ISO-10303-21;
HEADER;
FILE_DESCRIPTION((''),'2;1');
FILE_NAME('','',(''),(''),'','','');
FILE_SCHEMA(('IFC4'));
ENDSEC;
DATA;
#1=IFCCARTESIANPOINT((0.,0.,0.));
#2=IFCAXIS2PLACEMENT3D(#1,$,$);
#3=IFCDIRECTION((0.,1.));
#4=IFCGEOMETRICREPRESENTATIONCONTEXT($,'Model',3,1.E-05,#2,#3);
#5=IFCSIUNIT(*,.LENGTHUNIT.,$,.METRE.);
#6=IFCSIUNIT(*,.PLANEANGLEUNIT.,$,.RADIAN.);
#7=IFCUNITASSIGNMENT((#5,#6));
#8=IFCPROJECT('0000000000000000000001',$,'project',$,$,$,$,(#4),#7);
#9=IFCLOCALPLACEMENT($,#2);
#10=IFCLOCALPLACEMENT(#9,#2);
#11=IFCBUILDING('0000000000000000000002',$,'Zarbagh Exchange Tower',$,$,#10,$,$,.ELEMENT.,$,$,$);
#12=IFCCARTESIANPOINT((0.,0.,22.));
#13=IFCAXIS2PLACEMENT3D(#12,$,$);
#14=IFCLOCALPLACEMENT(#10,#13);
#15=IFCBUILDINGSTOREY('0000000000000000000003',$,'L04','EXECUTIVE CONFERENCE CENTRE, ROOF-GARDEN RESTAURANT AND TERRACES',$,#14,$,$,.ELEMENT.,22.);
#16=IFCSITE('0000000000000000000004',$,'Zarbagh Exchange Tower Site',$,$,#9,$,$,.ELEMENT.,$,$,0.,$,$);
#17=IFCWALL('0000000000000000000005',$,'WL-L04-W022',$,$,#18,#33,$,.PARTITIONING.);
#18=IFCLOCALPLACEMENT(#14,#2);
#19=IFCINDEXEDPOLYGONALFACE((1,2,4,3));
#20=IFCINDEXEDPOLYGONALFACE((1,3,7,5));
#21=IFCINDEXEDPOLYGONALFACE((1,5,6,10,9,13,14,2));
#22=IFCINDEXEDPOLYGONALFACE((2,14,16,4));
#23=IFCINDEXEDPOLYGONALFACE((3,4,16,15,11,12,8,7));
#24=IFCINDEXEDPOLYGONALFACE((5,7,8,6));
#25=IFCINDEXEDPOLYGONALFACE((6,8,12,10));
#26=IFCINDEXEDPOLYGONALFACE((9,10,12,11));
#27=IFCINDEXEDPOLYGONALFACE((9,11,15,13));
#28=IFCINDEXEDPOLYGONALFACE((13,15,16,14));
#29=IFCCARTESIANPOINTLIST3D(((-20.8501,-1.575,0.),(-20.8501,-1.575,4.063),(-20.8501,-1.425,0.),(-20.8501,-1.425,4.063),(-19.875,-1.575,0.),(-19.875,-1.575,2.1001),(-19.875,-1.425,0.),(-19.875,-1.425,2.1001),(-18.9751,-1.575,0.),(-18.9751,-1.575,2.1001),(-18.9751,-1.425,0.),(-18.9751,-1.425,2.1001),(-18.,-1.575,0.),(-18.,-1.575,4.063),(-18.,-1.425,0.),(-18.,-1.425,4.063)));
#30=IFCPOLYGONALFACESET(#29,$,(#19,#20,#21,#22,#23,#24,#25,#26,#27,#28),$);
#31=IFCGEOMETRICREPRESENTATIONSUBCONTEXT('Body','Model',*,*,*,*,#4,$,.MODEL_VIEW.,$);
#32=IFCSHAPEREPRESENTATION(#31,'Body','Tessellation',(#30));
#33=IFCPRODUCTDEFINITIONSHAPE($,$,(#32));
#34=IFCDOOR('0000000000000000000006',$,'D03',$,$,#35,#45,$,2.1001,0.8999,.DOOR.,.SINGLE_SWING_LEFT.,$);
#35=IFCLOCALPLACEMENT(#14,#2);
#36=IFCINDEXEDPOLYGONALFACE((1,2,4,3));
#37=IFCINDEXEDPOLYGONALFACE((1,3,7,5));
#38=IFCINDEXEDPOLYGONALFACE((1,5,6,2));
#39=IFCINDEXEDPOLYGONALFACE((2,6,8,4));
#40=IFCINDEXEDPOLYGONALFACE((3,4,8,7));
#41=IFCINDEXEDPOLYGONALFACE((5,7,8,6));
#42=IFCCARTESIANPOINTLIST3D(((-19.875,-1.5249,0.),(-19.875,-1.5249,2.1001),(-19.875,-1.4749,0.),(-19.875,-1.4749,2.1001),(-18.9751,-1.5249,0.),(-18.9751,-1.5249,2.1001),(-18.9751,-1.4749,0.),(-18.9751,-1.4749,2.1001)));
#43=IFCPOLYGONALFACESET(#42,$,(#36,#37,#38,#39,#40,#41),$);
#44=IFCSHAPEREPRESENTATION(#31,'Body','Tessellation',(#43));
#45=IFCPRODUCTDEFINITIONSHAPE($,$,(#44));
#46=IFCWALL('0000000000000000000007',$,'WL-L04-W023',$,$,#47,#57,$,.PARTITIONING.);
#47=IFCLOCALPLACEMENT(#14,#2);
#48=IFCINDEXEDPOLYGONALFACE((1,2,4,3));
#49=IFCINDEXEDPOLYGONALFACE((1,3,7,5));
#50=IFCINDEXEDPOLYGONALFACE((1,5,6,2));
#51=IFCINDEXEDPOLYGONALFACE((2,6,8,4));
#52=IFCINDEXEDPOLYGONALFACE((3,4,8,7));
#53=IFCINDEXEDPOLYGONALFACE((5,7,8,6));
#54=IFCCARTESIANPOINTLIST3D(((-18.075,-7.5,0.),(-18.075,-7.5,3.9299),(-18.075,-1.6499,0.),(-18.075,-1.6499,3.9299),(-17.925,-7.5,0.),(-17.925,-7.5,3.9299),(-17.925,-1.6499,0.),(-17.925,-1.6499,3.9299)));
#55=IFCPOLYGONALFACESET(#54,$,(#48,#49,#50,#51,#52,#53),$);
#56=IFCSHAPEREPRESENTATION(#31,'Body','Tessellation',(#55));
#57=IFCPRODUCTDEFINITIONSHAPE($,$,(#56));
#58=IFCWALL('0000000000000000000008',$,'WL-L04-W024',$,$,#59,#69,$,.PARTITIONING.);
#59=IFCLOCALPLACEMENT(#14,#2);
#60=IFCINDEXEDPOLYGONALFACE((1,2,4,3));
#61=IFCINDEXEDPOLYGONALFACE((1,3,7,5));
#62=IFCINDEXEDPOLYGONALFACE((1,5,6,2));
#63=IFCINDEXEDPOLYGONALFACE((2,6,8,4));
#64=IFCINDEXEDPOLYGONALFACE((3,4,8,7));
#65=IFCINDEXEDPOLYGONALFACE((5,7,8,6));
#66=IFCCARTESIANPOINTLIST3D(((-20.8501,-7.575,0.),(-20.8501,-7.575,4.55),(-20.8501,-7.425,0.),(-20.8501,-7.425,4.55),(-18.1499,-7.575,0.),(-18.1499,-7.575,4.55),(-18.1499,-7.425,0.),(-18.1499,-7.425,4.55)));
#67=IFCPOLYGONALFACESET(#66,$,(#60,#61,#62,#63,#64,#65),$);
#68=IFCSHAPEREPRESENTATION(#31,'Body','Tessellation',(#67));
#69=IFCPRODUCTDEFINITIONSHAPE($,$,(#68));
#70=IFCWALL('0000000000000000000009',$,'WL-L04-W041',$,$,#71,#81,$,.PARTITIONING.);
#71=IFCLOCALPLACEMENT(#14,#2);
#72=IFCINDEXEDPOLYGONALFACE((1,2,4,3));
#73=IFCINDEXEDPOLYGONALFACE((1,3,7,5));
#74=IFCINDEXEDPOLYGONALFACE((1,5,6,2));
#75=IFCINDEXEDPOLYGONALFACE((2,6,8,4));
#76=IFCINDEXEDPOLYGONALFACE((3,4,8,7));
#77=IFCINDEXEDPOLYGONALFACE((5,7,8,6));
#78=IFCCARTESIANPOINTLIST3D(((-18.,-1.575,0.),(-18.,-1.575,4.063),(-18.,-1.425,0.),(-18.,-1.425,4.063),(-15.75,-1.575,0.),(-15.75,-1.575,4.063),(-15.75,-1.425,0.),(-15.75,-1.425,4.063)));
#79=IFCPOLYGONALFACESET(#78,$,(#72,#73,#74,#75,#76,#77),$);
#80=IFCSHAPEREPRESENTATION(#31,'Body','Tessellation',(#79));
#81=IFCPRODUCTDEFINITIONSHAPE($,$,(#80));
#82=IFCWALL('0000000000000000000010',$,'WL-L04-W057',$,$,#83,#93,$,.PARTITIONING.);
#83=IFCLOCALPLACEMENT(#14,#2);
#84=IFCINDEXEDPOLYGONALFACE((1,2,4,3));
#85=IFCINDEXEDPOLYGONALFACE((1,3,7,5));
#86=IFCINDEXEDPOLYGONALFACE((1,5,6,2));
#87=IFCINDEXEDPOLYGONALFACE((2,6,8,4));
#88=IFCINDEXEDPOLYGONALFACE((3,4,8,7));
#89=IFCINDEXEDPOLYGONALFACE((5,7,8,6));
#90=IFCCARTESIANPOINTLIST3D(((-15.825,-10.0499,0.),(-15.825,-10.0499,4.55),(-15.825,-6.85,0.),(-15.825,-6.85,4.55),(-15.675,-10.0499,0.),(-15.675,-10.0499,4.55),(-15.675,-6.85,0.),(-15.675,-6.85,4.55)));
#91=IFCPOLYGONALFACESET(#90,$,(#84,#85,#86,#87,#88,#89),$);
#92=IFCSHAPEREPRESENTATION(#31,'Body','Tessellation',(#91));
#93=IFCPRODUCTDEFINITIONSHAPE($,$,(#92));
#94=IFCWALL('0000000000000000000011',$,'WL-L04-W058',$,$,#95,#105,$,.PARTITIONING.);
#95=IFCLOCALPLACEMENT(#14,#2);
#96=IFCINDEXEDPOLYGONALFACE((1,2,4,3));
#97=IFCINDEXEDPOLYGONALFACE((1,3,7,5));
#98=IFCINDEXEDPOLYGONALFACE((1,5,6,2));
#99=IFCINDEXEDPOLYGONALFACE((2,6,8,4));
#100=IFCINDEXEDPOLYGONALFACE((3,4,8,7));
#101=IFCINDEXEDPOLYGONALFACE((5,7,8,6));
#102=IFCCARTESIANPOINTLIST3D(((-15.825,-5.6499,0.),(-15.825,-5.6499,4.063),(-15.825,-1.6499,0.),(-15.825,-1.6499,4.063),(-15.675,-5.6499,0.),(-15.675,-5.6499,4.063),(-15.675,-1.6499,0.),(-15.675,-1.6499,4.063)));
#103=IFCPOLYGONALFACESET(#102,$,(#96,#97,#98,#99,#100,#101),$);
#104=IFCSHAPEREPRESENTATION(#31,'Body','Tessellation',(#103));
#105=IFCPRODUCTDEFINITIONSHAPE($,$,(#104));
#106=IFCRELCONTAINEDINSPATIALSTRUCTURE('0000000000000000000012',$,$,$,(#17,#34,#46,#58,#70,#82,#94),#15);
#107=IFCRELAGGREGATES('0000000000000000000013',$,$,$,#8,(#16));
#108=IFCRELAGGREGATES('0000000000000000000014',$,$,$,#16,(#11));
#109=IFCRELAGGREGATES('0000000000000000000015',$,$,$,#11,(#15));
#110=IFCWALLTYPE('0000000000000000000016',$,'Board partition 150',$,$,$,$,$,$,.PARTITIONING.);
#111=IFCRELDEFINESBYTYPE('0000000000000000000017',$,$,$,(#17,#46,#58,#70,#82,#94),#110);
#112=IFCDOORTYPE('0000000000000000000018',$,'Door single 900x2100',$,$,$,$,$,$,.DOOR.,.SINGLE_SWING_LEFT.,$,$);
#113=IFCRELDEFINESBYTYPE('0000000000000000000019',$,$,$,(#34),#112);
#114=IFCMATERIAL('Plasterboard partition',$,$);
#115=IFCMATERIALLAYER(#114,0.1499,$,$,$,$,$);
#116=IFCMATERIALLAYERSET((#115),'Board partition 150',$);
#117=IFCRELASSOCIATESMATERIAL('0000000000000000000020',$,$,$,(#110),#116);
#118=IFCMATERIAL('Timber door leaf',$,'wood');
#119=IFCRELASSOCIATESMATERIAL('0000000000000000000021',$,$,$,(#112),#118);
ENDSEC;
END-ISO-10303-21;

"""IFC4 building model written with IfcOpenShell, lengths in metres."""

from ifc_helpers import new_model, si_unit, direction, frame, frame_2d, origin, place, context, subcontext, project, spatial, rectangle, extrude, material, layer, layer_set, type_object, element, fill, save


model = new_model("IFC4")

# Units and contexts
model_context = context("Model", 3, precision=1e-05, world=origin(), true_north=direction((0.0, 1.0)))
body_context = subcontext(model_context, "Body", "Model", "MODEL_VIEW")
ifc_project = project(units=[si_unit("LENGTHUNIT", "METRE"), si_unit("PLANEANGLEUNIT", "RADIAN")], contexts=[model_context])

# Site, building, storey
site_placement = place(None, origin())
site = spatial("IfcSite", under=ifc_project, at=site_placement, Name="Zarbagh Exchange Tower Site", CompositionType="ELEMENT", RefElevation=0.0)
building_placement = place(site_placement, origin())
building = spatial("IfcBuilding", under=site, at=building_placement, Name="Zarbagh Exchange Tower", CompositionType="ELEMENT")
storey_placement = place(building_placement, frame((0.0, 0.0, 22.0)))
storey = spatial("IfcBuildingStorey", under=building, at=storey_placement, Name="L04", Description="EXECUTIVE CONFERENCE CENTRE, ROOF-GARDEN RESTAURANT AND TERRACES", CompositionType="ELEMENT", Elevation=22.0)

# Shared definitions
ifc_material_1 = material(Name="Plasterboard partition")
ifc_layer_1 = layer(ifc_material_1, 0.1499)
ifc_layer_set_1 = layer_set([ifc_layer_1], Name="Board partition 150")
wall_type_1 = type_object("IfcWallType", Name="Board partition 150", PredefinedType="PARTITIONING", material=ifc_layer_set_1)

# Shared definitions
ifc_material_2 = material(Name="Timber door leaf", Category="wood")
door_type_1 = type_object("IfcDoorType", Name="Door single 900x2100", OperationType="SINGLE_SWING_LEFT", PredefinedType="DOOR", material=ifc_material_2)

# Wall, opening, door
wall_1_placement = place(storey_placement, frame((-18.0, -1.5, 0.0), z_axis=(0.0, 0.0, 1.0), x_axis=(-1.0, 0.0, 0.0)))
wall_1 = element("IfcWall", 1, at=wall_1_placement, inside=storey, type_object=wall_type_1, Name="WL-L04-W022", PredefinedType="PARTITIONING", context=body_context, shape_type="SweptSolid", body=[
    extrude(rectangle(XDim=2.8501, YDim=0.1499, at=frame_2d((1.425, 0.0))), origin(), (0.0, 0.0, 1.0), 4.063),
])
opening_1_placement = place(wall_1_placement, frame((0.9751, 0.0, 0.0)))
opening_1 = element("IfcOpeningElement", 2, at=opening_1_placement, cuts=wall_1, PredefinedType="OPENING", context=body_context, shape_type="SweptSolid", body=[
    extrude(rectangle(XDim=0.8999, YDim=2.1001, at=frame_2d((0.45, 1.05))), frame((0.0, 0.085, 0.0), z_axis=(0.0, -1.0, 0.0), x_axis=(1.0, 0.0, 0.0)), (0.0, 0.0, 1.0), 0.1699),
])
door_1_placement = place(opening_1_placement, origin())
door_1 = element("IfcDoor", 3, at=door_1_placement, inside=storey, type_object=door_type_1, Name="D03", OperationType="SINGLE_SWING_LEFT", OverallHeight=2.1001, OverallWidth=0.8999, PredefinedType="DOOR", context=body_context, shape_type="SweptSolid", body=[
    extrude(rectangle(XDim=0.8999, YDim=2.1001, at=frame_2d((0.45, 1.05))), frame((0.0, 0.0249, 0.0), z_axis=(0.0, -1.0, 0.0), x_axis=(1.0, 0.0, 0.0)), (0.0, 0.0, 1.0), 0.05),
])
fill(opening_1, door_1)

# Walls
wall_2_placement = place(storey_placement, frame((-18.0, -1.6499, 0.0), z_axis=(0.0, 0.0, 1.0), x_axis=(0.0, -1.0, 0.0)))
element("IfcWall", 4, at=wall_2_placement, inside=storey, type_object=wall_type_1, Name="WL-L04-W023", PredefinedType="PARTITIONING", context=body_context, shape_type="SweptSolid", body=[
    extrude(rectangle(XDim=5.8501, YDim=0.1499, at=frame_2d((2.925, 0.0))), origin(), (0.0, 0.0, 1.0), 3.9299),
])
wall_3_placement = place(storey_placement, frame((-18.1499, -7.5, 0.0), z_axis=(0.0, 0.0, 1.0), x_axis=(-1.0, 0.0, 0.0)))
element("IfcWall", 5, at=wall_3_placement, inside=storey, type_object=wall_type_1, Name="WL-L04-W024", PredefinedType="PARTITIONING", context=body_context, shape_type="SweptSolid", body=[
    extrude(rectangle(XDim=2.7002, YDim=0.1499, at=frame_2d((1.3501, 0.0))), origin(), (0.0, 0.0, 1.0), 4.55),
])
wall_4_placement = place(storey_placement, frame((-15.75, -1.5, 0.0), z_axis=(0.0, 0.0, 1.0), x_axis=(-1.0, 0.0, 0.0)))
element("IfcWall", 6, at=wall_4_placement, inside=storey, type_object=wall_type_1, Name="WL-L04-W041", PredefinedType="PARTITIONING", context=body_context, shape_type="SweptSolid", body=[
    extrude(rectangle(XDim=2.25, YDim=0.1499, at=frame_2d((1.125, 0.0))), origin(), (0.0, 0.0, 1.0), 4.063),
])
wall_5_placement = place(storey_placement, frame((-15.75, -10.05, 0.0), z_axis=(0.0, 0.0, 1.0), x_axis=(0.0, 1.0, 0.0)))
element("IfcWall", 7, at=wall_5_placement, inside=storey, type_object=wall_type_1, Name="WL-L04-W057", PredefinedType="PARTITIONING", context=body_context, shape_type="SweptSolid", body=[
    extrude(rectangle(XDim=3.2, YDim=0.1499, at=frame_2d((1.6001, 0.0))), origin(), (0.0, 0.0, 1.0), 4.55),
])
wall_6_placement = place(storey_placement, frame((-15.75, -5.6499, 0.0), z_axis=(0.0, 0.0, 1.0), x_axis=(0.0, 1.0, 0.0)))
element("IfcWall", 8, at=wall_6_placement, inside=storey, type_object=wall_type_1, Name="WL-L04-W058", PredefinedType="PARTITIONING", context=body_context, shape_type="SweptSolid", body=[
    extrude(rectangle(XDim=4.0, YDim=0.1499, at=frame_2d((2.0, 0.0))), origin(), (0.0, 0.0, 1.0), 4.063),
])

save(model, "model.ifc")
